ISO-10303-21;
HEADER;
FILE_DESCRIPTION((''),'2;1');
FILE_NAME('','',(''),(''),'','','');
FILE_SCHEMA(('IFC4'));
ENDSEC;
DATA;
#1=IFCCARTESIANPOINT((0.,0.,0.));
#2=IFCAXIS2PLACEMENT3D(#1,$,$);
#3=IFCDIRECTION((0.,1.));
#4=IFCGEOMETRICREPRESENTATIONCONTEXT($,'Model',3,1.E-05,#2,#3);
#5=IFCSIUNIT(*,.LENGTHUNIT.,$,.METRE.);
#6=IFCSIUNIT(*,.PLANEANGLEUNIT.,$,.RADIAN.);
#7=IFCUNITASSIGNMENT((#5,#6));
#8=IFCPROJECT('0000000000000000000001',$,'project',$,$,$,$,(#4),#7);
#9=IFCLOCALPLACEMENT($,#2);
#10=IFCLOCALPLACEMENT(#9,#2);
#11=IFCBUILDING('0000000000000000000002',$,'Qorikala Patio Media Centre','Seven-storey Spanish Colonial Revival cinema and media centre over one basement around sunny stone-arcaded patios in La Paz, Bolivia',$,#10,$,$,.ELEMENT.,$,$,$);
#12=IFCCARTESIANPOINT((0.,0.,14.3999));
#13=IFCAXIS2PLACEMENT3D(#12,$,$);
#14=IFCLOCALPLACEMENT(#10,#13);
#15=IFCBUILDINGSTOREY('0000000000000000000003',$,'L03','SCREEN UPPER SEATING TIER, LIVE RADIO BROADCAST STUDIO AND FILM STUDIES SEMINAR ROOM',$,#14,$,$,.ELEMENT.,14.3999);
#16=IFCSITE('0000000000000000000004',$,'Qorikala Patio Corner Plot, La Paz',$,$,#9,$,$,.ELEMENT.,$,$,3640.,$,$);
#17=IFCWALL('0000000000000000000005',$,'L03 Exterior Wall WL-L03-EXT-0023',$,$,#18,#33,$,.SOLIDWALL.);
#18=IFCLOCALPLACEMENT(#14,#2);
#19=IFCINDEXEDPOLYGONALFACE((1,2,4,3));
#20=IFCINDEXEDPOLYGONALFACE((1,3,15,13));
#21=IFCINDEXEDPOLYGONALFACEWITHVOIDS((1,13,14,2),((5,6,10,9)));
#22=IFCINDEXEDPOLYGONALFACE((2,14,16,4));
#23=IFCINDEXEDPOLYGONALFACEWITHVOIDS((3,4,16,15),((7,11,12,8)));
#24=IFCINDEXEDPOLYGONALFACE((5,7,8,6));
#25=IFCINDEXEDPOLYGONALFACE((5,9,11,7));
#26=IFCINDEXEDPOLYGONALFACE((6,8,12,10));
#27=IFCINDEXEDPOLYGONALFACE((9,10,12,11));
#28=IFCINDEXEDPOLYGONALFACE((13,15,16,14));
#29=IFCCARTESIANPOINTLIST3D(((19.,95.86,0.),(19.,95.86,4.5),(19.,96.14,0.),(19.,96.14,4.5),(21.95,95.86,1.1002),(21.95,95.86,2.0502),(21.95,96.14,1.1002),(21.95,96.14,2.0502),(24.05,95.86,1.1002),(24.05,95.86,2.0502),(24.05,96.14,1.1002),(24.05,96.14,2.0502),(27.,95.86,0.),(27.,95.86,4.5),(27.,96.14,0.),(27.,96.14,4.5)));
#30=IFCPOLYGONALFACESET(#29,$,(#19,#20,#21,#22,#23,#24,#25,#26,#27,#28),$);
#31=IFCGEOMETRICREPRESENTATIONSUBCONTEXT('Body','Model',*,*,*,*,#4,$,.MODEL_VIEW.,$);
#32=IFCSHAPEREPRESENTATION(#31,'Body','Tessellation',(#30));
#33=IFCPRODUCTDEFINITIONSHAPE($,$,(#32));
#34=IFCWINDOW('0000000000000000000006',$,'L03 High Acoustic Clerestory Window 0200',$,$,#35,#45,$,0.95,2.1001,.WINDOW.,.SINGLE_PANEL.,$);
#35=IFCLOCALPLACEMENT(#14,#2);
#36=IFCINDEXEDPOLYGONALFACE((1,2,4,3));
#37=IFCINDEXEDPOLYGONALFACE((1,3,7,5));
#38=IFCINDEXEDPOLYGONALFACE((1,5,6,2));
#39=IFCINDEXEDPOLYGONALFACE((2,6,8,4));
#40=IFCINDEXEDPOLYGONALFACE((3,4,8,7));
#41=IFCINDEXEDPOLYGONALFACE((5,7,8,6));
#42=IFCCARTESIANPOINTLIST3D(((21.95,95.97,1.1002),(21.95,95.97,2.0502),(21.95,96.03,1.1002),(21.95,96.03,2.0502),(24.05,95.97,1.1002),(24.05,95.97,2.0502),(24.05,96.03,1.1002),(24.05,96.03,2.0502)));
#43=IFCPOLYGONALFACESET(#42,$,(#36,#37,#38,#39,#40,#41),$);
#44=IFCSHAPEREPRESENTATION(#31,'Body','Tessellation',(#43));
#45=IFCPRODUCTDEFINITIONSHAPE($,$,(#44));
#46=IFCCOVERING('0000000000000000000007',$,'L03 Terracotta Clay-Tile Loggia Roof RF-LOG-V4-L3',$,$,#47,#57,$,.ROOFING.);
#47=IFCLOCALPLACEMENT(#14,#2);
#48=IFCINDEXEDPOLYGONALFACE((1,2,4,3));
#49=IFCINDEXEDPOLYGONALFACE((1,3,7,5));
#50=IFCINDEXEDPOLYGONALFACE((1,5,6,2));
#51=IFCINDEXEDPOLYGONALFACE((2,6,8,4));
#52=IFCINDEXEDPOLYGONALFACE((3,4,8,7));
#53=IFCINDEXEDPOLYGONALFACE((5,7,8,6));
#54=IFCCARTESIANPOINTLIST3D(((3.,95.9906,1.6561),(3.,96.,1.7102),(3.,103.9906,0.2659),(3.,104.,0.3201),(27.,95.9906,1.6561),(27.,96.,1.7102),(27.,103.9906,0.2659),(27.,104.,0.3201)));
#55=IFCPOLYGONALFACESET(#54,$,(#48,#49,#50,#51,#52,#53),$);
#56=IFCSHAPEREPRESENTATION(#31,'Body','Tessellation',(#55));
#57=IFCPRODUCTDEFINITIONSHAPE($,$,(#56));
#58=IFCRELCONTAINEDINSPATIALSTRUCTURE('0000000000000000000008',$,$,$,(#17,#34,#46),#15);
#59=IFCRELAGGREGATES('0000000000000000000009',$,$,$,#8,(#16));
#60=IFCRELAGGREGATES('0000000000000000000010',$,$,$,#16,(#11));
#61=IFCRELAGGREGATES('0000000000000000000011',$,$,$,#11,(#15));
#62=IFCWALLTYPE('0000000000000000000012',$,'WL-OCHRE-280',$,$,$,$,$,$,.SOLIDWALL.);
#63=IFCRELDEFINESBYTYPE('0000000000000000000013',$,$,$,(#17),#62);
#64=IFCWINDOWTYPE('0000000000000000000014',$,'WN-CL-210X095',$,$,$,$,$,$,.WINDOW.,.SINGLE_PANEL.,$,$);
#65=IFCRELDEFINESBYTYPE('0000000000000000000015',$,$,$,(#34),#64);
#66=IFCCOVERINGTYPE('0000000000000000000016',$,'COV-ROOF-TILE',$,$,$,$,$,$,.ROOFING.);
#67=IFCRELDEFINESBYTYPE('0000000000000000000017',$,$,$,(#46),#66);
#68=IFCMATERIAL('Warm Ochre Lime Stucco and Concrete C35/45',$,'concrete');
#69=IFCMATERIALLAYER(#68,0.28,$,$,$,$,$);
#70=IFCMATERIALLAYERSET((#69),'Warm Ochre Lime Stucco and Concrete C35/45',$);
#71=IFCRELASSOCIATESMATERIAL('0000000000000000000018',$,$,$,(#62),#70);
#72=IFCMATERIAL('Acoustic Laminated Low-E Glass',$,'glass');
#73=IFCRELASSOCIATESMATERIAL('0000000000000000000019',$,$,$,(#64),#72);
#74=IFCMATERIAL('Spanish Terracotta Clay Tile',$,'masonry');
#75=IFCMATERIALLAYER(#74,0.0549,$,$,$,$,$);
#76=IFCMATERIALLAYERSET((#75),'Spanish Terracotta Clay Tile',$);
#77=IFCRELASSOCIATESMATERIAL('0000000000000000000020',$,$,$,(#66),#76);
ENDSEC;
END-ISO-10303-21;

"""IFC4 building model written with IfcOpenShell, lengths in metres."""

from ifc_helpers import new_model, si_unit, direction, frame, frame_2d, origin, place, context, subcontext, project, spatial, polyline, rectangle, outline, extrude, material, layer, layer_set, type_object, element, fill, save


model = new_model("IFC4")

# Units and contexts
model_context = context("Model", 3, precision=1e-05, world=origin(), true_north=direction((0.0, 1.0)))
body_context = subcontext(model_context, "Body", "Model", "MODEL_VIEW")
ifc_project = project(units=[si_unit("LENGTHUNIT", "METRE"), si_unit("PLANEANGLEUNIT", "RADIAN")], contexts=[model_context])

# Site, building, storey
site_placement = place(None, origin())
site = spatial("IfcSite", under=ifc_project, at=site_placement, Name="Qorikala Patio Corner Plot, La Paz", CompositionType="ELEMENT", RefElevation=3640.0)
building_placement = place(site_placement, origin())
building = spatial("IfcBuilding", under=site, at=building_placement, Name="Qorikala Patio Media Centre", Description="Seven-storey Spanish Colonial Revival cinema and media centre over one basement around sunny stone-arcaded patios in La Paz, Bolivia", CompositionType="ELEMENT")
storey_placement = place(building_placement, frame((0.0, 0.0, 14.3999)))
storey = spatial("IfcBuildingStorey", under=building, at=storey_placement, Name="L03", Description="SCREEN UPPER SEATING TIER, LIVE RADIO BROADCAST STUDIO AND FILM STUDIES SEMINAR ROOM", CompositionType="ELEMENT", Elevation=14.3999)

# Shared definitions
ifc_material_1 = material(Name="Warm Ochre Lime Stucco and Concrete C35/45", Category="concrete")
ifc_layer_1 = layer(ifc_material_1, 0.28)
ifc_layer_set_1 = layer_set([ifc_layer_1], Name="Warm Ochre Lime Stucco and Concrete C35/45")
wall_type_1 = type_object("IfcWallType", Name="WL-OCHRE-280", PredefinedType="SOLIDWALL", material=ifc_layer_set_1)
ifc_material_2 = material(Name="Acoustic Laminated Low-E Glass", Category="glass")

# Wall, opening, window
wall_1_placement = place(storey_placement, frame((19.0, 96.0, 0.0), z_axis=(0.0, 0.0, 1.0), x_axis=(1.0, 0.0, 0.0)))
wall_1 = element("IfcWall", 1, at=wall_1_placement, inside=storey, type_object=wall_type_1, Name="L03 Exterior Wall WL-L03-EXT-0023", PredefinedType="SOLIDWALL", context=body_context, shape_type="SweptSolid", body=[
    extrude(rectangle(XDim=8.0, YDim=0.28, at=frame_2d((4.0, 0.0))), origin(), (0.0, 0.0, 1.0), 4.5),
])
opening_1_placement = place(wall_1_placement, frame((2.95, 0.0, 1.1001)))
opening_1 = element("IfcOpeningElement", 2, at=opening_1_placement, cuts=wall_1, PredefinedType="OPENING", context=body_context, shape_type="SweptSolid", body=[
    extrude(rectangle(XDim=2.1001, YDim=0.95, at=frame_2d((1.05, 0.4751))), frame((0.0, 0.1499, 0.0), z_axis=(0.0, -1.0, 0.0), x_axis=(1.0, 0.0, 0.0)), (0.0, 0.0, 1.0), 0.3),
])
window_type_1 = type_object("IfcWindowType", Name="WN-CL-210X095", PartitioningType="SINGLE_PANEL", PredefinedType="WINDOW", material=ifc_material_2)
window_1_placement = place(opening_1_placement, origin())
window_1 = element("IfcWindow", 3, at=window_1_placement, inside=storey, type_object=window_type_1, Name="L03 High Acoustic Clerestory Window 0200", OverallHeight=0.95, OverallWidth=2.1001, PartitioningType="SINGLE_PANEL", PredefinedType="WINDOW", context=body_context, shape_type="SweptSolid", body=[
    extrude(rectangle(XDim=2.1001, YDim=0.95, at=frame_2d((1.05, 0.4751))), frame((0.0, 0.03, 0.0), z_axis=(0.0, -1.0, 0.0), x_axis=(1.0, 0.0, 0.0)), (0.0, 0.0, 1.0), 0.0601),
])
fill(opening_1, window_1)

# Covering
ifc_material_3 = material(Name="Spanish Terracotta Clay Tile", Category="masonry")
ifc_layer_2 = layer(ifc_material_3, 0.0549)
ifc_layer_set_2 = layer_set([ifc_layer_2], Name="Spanish Terracotta Clay Tile")
covering_type = type_object("IfcCoveringType", Name="COV-ROOF-TILE", PredefinedType="ROOFING", material=ifc_layer_set_2)
covering_placement = place(storey_placement, frame((3.0, 104.0, 0.3201), z_axis=(0.0, 0.171202, 0.985236), x_axis=(1.0, 0.0, 0.0)))
element("IfcCovering", 4, at=covering_placement, inside=storey, type_object=covering_type, Name="L03 Terracotta Clay-Tile Loggia Roof RF-LOG-V4-L3", PredefinedType="ROOFING", context=body_context, shape_type="SweptSolid", body=[
    extrude(outline(polyline([(0.0, 0.0), (24.0, 0.0), (24.0, -8.1199), (0.0, -8.1199), (0.0, 0.0)])), origin(), (0.0, 0.0, -1.0), 0.0549),
])

save(model, "model.ifc")
